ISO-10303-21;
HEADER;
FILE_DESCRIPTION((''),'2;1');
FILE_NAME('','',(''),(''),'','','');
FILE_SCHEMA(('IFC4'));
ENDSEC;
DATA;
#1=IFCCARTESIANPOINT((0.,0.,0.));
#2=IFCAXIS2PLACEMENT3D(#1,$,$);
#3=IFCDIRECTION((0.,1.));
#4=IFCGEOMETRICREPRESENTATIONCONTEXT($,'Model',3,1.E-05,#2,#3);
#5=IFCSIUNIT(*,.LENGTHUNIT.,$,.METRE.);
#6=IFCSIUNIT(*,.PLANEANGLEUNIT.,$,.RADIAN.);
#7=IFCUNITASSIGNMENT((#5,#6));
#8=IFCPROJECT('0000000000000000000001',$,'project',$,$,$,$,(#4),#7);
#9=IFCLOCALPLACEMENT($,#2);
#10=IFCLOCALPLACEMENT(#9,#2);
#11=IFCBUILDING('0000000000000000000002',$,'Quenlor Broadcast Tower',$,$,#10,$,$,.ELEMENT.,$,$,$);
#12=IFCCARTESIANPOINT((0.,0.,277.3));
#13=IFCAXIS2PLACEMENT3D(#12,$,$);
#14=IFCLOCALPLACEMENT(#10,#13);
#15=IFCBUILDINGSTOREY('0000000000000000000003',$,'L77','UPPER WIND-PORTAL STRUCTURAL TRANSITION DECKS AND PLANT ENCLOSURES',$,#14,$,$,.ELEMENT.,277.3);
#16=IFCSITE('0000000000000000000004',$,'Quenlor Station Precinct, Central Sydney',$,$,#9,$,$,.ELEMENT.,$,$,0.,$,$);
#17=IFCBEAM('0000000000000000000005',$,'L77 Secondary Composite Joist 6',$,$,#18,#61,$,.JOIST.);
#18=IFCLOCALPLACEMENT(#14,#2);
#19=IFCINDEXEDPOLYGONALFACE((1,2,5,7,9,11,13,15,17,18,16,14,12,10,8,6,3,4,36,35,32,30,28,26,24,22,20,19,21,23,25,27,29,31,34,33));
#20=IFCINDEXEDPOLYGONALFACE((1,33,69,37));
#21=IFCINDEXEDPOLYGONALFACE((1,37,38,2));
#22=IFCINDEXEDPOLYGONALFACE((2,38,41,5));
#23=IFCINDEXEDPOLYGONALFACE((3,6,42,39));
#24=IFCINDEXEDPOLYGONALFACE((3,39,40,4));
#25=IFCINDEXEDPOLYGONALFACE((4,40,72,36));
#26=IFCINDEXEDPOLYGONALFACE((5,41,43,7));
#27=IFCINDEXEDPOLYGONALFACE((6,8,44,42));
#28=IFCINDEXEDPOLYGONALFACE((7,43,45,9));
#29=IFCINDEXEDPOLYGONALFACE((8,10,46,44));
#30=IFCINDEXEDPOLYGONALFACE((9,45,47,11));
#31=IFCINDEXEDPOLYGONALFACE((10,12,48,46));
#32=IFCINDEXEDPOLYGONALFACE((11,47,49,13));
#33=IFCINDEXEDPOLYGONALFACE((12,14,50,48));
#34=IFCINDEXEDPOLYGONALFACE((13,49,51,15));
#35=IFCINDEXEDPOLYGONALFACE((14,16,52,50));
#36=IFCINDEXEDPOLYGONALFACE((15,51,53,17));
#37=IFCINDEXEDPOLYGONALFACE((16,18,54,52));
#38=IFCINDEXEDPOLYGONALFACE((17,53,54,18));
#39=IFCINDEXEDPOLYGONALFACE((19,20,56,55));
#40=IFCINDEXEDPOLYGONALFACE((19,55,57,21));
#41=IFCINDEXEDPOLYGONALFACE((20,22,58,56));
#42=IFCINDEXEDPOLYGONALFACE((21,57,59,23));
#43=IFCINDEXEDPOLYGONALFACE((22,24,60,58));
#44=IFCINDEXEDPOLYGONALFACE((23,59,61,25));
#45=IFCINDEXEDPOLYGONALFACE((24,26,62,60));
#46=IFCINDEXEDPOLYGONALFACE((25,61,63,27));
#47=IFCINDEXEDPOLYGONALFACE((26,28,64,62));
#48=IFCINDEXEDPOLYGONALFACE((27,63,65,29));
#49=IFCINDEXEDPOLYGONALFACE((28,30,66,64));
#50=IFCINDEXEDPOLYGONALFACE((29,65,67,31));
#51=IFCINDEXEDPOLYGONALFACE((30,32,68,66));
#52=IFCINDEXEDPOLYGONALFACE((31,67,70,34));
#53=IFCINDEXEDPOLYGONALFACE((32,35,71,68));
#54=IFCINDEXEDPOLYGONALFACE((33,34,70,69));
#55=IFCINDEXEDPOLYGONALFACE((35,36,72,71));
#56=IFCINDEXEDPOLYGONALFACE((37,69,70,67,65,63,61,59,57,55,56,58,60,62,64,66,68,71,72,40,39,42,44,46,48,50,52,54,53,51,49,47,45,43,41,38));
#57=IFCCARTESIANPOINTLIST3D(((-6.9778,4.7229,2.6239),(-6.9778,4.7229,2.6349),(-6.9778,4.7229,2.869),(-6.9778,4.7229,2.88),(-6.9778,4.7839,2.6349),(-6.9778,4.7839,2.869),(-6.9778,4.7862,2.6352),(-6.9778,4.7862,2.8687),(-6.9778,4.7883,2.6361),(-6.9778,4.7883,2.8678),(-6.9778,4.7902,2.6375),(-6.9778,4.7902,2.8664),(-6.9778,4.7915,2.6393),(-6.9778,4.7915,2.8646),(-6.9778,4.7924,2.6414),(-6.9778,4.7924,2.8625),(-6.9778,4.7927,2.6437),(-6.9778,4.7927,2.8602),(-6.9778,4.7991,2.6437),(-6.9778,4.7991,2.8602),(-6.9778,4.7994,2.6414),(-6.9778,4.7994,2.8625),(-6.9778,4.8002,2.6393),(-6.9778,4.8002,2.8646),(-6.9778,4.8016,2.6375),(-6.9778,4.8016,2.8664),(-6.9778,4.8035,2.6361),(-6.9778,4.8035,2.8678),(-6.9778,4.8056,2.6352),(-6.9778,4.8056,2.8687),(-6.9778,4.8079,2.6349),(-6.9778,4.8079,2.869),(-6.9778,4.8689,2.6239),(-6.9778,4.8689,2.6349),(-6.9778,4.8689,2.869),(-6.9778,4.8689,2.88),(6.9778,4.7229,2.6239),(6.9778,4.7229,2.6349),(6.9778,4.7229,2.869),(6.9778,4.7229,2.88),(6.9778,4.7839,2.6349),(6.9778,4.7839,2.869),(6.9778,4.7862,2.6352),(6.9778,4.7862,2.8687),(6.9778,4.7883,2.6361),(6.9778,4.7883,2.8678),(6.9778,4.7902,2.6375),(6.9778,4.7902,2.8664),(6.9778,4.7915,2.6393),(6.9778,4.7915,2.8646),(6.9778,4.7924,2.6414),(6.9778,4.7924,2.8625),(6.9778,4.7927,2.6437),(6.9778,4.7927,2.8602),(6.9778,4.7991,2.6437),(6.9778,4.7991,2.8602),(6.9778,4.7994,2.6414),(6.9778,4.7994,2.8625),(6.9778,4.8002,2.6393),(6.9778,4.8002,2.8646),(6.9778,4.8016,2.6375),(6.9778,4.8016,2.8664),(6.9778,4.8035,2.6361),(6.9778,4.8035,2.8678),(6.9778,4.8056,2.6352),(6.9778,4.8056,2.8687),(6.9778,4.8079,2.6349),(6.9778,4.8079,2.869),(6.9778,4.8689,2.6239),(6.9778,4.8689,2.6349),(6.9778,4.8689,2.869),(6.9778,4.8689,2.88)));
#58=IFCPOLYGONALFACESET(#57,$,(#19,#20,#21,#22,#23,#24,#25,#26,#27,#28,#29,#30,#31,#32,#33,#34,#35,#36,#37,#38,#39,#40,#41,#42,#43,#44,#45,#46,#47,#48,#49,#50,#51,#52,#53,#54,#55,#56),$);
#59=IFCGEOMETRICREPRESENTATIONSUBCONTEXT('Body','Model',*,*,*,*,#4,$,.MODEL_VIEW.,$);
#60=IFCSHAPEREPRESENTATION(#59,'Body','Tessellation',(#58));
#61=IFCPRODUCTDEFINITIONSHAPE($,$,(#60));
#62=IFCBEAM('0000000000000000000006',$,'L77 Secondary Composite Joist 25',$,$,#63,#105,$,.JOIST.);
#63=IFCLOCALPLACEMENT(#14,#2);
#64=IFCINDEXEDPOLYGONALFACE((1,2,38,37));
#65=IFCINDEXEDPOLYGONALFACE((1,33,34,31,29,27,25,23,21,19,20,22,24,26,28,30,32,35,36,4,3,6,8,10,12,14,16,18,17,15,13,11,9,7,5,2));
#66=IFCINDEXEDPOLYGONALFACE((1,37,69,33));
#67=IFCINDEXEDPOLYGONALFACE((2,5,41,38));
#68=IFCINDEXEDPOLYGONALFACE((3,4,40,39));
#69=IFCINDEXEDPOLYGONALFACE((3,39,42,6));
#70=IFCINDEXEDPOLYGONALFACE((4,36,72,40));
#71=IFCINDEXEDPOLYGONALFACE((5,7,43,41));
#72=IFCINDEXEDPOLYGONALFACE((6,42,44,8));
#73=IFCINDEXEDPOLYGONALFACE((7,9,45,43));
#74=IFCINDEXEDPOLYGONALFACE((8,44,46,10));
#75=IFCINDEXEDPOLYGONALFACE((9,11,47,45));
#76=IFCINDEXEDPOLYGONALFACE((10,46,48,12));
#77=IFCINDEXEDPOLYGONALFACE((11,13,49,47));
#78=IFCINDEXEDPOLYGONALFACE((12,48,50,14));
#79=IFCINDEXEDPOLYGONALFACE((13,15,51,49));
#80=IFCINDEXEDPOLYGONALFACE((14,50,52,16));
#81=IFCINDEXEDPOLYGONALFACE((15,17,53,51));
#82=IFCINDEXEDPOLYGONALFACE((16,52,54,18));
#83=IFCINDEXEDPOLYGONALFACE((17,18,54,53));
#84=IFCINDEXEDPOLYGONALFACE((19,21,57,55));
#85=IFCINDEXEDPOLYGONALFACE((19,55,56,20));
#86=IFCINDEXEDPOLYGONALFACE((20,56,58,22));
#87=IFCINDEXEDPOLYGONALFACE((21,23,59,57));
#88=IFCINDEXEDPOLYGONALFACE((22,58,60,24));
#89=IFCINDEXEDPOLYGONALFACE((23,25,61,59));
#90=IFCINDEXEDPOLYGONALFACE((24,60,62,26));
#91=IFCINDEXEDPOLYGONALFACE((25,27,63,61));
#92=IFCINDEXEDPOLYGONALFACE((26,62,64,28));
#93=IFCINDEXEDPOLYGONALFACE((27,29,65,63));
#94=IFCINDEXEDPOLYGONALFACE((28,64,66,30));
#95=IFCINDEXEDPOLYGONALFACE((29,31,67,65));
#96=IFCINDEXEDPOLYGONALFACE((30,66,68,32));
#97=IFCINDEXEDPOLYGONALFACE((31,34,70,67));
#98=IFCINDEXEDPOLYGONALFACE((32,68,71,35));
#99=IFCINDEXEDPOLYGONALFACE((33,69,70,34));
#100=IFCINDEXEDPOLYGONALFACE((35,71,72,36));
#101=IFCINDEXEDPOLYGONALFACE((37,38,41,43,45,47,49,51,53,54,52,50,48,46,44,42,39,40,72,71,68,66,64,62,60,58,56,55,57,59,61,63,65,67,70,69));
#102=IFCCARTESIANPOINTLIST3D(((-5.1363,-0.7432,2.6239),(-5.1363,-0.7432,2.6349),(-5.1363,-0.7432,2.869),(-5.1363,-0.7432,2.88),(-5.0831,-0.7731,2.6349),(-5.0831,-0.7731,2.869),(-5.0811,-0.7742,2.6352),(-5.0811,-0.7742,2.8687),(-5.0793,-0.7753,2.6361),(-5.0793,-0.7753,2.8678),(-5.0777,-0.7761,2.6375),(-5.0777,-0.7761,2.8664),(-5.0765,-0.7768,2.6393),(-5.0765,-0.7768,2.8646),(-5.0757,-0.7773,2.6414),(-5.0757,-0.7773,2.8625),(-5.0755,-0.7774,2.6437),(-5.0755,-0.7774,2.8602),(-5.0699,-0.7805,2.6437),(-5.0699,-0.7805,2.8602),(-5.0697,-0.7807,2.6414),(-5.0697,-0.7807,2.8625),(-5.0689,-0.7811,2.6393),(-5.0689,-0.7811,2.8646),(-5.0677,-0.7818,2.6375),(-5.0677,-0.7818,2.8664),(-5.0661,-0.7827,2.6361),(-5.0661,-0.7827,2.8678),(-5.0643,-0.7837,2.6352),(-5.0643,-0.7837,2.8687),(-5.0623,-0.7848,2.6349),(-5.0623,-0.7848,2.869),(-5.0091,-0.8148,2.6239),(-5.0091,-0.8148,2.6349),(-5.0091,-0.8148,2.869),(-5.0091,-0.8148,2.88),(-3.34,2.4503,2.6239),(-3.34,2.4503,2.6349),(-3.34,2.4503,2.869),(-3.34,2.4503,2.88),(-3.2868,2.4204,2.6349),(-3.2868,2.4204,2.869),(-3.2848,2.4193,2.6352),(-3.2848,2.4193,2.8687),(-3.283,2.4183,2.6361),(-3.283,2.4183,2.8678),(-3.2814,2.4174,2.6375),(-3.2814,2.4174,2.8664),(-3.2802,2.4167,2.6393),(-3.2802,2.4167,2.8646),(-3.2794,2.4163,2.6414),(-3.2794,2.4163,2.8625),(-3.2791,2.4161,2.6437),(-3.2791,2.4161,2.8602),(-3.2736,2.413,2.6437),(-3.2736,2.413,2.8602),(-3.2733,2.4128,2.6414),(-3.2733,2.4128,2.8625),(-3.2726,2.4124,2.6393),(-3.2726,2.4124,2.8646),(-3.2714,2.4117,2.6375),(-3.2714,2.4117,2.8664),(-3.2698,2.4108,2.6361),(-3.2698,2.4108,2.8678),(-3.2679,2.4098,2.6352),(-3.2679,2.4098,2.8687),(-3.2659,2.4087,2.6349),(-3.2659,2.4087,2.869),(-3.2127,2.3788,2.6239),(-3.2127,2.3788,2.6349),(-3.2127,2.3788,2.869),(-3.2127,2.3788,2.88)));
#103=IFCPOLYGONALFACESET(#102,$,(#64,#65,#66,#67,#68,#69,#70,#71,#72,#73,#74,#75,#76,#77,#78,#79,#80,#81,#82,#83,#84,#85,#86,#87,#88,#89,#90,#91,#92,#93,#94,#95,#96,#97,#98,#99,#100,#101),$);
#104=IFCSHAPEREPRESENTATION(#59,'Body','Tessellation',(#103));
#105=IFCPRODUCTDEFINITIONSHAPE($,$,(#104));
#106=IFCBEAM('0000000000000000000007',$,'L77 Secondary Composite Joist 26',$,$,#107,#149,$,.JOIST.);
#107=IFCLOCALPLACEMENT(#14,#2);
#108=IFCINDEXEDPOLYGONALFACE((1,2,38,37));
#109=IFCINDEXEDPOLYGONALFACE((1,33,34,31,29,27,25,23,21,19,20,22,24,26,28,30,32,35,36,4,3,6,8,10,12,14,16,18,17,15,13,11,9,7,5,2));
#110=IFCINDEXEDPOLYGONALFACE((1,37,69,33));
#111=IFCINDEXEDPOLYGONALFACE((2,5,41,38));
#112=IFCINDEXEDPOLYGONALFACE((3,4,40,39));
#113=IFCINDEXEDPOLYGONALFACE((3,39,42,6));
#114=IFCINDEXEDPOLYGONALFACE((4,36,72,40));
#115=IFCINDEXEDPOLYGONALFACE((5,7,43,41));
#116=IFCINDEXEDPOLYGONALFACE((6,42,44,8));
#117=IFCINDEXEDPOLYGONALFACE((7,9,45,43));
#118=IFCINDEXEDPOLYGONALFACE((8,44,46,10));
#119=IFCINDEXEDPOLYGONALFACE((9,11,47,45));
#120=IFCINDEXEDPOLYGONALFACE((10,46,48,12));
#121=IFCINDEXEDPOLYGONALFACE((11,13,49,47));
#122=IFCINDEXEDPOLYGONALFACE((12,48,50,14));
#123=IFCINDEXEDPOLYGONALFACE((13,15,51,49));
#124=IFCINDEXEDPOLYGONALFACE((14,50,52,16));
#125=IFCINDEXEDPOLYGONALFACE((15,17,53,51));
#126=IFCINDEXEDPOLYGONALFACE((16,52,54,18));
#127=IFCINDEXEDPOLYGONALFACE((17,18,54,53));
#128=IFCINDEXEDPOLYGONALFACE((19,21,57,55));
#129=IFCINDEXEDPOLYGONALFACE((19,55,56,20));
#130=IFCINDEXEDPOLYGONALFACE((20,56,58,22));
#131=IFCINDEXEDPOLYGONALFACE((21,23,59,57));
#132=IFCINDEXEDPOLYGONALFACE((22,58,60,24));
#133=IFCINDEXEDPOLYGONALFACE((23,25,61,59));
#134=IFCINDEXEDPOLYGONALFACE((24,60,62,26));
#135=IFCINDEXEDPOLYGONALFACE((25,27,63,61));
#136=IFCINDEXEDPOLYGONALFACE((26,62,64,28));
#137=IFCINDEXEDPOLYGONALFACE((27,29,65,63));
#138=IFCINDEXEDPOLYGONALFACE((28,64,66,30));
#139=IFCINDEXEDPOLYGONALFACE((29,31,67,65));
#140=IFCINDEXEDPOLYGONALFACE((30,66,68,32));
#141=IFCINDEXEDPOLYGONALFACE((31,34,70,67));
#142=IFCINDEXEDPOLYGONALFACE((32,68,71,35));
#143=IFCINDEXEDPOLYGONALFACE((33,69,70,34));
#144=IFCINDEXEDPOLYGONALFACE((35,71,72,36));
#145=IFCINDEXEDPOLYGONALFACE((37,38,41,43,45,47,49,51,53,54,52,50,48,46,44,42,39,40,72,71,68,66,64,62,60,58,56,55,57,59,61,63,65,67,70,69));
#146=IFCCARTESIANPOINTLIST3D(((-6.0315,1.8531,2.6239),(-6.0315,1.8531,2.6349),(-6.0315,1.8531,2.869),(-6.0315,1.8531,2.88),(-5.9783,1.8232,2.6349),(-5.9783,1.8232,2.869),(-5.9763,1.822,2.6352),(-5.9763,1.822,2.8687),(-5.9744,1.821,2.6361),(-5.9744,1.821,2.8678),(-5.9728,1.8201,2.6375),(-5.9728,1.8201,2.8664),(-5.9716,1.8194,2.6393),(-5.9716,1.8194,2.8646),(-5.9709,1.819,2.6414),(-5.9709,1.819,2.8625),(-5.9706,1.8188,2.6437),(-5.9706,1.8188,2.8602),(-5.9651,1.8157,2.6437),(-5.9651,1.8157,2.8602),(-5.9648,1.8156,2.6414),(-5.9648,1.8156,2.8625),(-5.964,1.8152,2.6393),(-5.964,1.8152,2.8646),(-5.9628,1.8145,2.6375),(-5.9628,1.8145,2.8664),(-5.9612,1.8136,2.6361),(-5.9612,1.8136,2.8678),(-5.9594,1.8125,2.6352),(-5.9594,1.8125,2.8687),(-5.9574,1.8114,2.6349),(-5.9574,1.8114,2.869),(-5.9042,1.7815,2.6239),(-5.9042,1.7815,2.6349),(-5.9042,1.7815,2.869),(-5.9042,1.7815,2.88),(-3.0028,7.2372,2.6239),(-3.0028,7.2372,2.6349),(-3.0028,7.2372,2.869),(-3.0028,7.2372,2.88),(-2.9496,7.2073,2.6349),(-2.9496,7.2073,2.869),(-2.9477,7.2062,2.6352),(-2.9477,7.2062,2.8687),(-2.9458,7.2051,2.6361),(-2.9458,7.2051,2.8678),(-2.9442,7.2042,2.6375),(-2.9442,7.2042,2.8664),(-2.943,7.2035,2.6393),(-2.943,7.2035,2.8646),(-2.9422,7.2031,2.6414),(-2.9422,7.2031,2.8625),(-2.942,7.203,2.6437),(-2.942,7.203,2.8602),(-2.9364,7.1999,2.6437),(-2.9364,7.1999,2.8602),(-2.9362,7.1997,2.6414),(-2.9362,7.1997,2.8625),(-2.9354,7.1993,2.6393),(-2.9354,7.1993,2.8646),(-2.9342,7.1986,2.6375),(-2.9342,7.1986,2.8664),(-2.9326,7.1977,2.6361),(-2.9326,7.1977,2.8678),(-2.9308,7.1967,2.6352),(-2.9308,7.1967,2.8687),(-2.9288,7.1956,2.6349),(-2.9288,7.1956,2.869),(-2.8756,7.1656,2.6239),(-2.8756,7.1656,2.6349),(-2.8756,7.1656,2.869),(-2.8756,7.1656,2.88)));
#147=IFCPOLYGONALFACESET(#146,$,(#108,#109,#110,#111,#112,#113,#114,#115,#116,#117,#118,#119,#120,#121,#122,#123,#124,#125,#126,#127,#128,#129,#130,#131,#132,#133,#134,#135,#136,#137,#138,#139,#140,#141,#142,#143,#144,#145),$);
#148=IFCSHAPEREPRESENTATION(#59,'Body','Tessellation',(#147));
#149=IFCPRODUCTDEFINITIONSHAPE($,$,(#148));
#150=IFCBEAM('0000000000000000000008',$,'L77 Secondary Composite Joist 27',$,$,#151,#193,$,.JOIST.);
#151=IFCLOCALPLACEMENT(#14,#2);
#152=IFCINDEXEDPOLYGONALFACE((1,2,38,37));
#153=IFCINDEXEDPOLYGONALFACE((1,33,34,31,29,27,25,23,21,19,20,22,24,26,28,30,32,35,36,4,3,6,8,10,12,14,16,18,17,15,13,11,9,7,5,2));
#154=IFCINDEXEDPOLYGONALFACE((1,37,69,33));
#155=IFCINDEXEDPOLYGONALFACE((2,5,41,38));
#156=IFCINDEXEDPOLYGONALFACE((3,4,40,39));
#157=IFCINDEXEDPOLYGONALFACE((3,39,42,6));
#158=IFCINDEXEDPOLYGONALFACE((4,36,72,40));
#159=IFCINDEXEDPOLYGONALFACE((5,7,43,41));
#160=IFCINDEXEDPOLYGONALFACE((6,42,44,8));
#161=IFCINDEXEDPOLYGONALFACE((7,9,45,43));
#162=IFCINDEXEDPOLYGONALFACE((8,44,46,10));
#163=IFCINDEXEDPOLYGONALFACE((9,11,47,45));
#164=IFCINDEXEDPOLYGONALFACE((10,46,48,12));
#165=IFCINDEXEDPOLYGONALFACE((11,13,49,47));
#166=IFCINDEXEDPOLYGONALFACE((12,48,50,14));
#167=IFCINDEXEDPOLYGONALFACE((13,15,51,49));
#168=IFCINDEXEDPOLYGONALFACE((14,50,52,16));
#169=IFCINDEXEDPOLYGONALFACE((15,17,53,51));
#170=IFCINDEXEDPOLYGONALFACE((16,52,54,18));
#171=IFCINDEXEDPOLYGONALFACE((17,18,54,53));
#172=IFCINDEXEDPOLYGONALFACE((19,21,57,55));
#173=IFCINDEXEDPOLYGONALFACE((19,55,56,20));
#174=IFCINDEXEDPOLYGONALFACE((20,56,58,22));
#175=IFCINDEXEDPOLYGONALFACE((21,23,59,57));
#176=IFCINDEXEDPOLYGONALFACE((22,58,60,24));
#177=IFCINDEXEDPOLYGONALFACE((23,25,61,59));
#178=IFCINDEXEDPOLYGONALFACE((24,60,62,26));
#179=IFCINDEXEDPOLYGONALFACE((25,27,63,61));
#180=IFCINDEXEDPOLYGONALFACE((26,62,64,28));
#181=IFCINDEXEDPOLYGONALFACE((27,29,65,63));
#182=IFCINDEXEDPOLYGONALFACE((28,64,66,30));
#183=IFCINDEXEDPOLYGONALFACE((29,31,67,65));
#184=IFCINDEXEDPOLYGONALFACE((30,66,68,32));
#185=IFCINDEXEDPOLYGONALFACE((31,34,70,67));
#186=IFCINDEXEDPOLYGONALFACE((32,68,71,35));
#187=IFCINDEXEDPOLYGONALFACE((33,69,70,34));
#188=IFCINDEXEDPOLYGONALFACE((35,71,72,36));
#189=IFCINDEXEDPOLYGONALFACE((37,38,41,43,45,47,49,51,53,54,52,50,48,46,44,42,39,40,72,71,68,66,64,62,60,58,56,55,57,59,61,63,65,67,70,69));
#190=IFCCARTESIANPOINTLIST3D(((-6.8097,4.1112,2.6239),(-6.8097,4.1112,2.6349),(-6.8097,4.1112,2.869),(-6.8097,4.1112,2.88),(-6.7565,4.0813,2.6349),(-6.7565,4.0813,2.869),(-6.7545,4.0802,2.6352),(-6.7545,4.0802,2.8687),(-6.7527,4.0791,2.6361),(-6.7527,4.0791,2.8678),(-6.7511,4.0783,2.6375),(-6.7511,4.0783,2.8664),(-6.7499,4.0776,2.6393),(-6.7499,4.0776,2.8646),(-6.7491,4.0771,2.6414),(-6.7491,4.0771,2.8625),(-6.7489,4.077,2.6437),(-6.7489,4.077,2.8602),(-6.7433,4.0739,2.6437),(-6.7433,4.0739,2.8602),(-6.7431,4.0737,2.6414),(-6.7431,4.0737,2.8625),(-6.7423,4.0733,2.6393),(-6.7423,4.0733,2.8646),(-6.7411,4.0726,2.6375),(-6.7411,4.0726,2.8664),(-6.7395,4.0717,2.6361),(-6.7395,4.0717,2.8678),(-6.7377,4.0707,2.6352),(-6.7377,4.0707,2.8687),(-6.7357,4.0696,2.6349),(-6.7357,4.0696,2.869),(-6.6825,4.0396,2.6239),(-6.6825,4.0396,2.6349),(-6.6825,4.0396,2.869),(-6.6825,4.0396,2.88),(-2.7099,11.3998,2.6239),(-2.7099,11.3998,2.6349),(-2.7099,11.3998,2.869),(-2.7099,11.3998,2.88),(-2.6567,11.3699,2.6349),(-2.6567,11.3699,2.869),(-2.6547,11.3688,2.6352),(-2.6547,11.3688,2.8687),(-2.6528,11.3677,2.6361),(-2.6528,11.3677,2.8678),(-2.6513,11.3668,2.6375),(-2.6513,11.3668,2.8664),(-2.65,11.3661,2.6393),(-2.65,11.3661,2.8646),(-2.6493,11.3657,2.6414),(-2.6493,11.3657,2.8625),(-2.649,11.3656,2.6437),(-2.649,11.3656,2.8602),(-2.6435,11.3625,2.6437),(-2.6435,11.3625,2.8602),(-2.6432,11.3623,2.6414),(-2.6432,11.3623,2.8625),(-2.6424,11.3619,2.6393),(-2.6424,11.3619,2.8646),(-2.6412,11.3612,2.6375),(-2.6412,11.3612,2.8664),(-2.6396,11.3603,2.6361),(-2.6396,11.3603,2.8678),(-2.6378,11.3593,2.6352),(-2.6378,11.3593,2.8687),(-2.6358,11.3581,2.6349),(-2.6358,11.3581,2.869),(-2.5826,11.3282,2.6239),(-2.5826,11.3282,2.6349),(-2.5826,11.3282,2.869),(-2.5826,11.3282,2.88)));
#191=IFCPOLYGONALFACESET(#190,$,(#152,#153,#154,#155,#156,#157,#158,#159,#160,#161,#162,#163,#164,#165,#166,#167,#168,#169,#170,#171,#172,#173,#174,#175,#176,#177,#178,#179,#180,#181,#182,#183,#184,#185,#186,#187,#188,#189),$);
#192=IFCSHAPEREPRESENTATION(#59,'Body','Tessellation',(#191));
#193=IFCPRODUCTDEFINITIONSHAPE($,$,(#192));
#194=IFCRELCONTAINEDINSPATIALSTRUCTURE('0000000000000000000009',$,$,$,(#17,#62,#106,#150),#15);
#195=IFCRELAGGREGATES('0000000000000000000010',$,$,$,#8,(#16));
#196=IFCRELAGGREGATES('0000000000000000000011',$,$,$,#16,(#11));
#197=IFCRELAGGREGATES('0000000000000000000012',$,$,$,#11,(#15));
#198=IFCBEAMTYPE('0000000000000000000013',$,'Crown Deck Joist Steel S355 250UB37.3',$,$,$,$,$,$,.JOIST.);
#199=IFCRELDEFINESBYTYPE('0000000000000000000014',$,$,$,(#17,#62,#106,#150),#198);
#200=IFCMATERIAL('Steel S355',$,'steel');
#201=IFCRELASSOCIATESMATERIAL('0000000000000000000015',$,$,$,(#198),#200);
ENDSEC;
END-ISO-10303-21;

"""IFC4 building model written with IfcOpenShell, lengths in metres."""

from ifc_helpers import new_model, si_unit, direction, frame, origin, origin_2d, place, context, subcontext, project, spatial, i_section, extrude, material, material_profile, profile_set, type_object, element, save


model = new_model("IFC4")

# Units and contexts
model_context = context("Model", 3, precision=1e-05, world=origin(), true_north=direction((0.0, 1.0)))
body_context = subcontext(model_context, "Body", "Model", "MODEL_VIEW")
ifc_project = project(units=[si_unit("LENGTHUNIT", "METRE"), si_unit("PLANEANGLEUNIT", "RADIAN")], contexts=[model_context])

# Site, building, storey
site_placement = place(None, origin())
site = spatial("IfcSite", under=ifc_project, at=site_placement, Name="Quenlor Station Precinct, Central Sydney", CompositionType="ELEMENT", RefElevation=0.0)
building_placement = place(site_placement, origin())
building = spatial("IfcBuilding", under=site, at=building_placement, Name="Quenlor Broadcast Tower", CompositionType="ELEMENT")
storey_placement = place(building_placement, frame((0.0, 0.0, 277.3)))
storey = spatial("IfcBuildingStorey", under=building, at=storey_placement, Name="L77", Description="UPPER WIND-PORTAL STRUCTURAL TRANSITION DECKS AND PLANT ENCLOSURES", CompositionType="ELEMENT", Elevation=277.3)

# Beams
ifc_material_1 = material(Name="Steel S355", Category="steel")
ifc_material_profile_1 = material_profile(ifc_material_1, i_section(OverallWidth=0.146, OverallDepth=0.2561, WebThickness=0.0063, FlangeThickness=0.011, FilletRadius=0.0088, at=origin_2d()))
ifc_profile_set_1 = profile_set([ifc_material_profile_1], Name="Steel S355 250UB37.3")
beam_type_1 = type_object("IfcBeamType", Name="Crown Deck Joist Steel S355 250UB37.3", PredefinedType="JOIST", material=ifc_profile_set_1)
beam_1_placement = place(storey_placement, frame((-6.9778, 4.7959, 2.752), z_axis=(1.0, 0.0, 0.0), x_axis=(0.0, 1.0, 0.0)))
element("IfcBeam", 1, at=beam_1_placement, inside=storey, type_object=beam_type_1, Name="L77 Secondary Composite Joist 6", PredefinedType="JOIST", context=body_context, shape_type="SweptSolid", body=[
    extrude(i_section(OverallWidth=0.146, OverallDepth=0.2561, WebThickness=0.0063, FlangeThickness=0.011, FilletRadius=0.0088, at=origin_2d()), origin(), (0.0, 0.0, 1.0), 13.9556),
])
beam_2_placement = place(storey_placement, frame((-3.2764, 2.4146, 2.752), z_axis=(-0.490258, -0.871577, 0.0), x_axis=(0.871577, -0.490258, 0.0)))
element("IfcBeam", 2, at=beam_2_placement, inside=storey, type_object=beam_type_1, Name="L77 Secondary Composite Joist 25", PredefinedType="JOIST", context=body_context, shape_type="SweptSolid", body=[
    extrude(i_section(OverallWidth=0.146, OverallDepth=0.2561, WebThickness=0.0063, FlangeThickness=0.011, FilletRadius=0.0088, at=origin_2d()), origin(), (0.0, 0.0, 1.0), 3.6641),
])
beam_3_placement = place(storey_placement, frame((-2.9392, 7.2014, 2.752), z_axis=(-0.490267, -0.871572, 0.0), x_axis=(0.871572, -0.490267, 0.0)))
element("IfcBeam", 3, at=beam_3_placement, inside=storey, type_object=beam_type_1, Name="L77 Secondary Composite Joist 26", PredefinedType="JOIST", context=body_context, shape_type="SweptSolid", body=[
    extrude(i_section(OverallWidth=0.146, OverallDepth=0.2561, WebThickness=0.0063, FlangeThickness=0.011, FilletRadius=0.0088, at=origin_2d()), origin(), (0.0, 0.0, 1.0), 6.1775),
])
beam_4_placement = place(storey_placement, frame((-2.6462, 11.364, 2.752), z_axis=(-0.490264, -0.871574, 0.0), x_axis=(0.871574, -0.490264, 0.0)))
element("IfcBeam", 4, at=beam_4_placement, inside=storey, type_object=beam_type_1, Name="L77 Secondary Composite Joist 27", PredefinedType="JOIST", context=body_context, shape_type="SweptSolid", body=[
    extrude(i_section(OverallWidth=0.146, OverallDepth=0.2561, WebThickness=0.0063, FlangeThickness=0.011, FilletRadius=0.0088, at=origin_2d()), origin(), (0.0, 0.0, 1.0), 8.3625),
])

save(model, "model.ifc")
